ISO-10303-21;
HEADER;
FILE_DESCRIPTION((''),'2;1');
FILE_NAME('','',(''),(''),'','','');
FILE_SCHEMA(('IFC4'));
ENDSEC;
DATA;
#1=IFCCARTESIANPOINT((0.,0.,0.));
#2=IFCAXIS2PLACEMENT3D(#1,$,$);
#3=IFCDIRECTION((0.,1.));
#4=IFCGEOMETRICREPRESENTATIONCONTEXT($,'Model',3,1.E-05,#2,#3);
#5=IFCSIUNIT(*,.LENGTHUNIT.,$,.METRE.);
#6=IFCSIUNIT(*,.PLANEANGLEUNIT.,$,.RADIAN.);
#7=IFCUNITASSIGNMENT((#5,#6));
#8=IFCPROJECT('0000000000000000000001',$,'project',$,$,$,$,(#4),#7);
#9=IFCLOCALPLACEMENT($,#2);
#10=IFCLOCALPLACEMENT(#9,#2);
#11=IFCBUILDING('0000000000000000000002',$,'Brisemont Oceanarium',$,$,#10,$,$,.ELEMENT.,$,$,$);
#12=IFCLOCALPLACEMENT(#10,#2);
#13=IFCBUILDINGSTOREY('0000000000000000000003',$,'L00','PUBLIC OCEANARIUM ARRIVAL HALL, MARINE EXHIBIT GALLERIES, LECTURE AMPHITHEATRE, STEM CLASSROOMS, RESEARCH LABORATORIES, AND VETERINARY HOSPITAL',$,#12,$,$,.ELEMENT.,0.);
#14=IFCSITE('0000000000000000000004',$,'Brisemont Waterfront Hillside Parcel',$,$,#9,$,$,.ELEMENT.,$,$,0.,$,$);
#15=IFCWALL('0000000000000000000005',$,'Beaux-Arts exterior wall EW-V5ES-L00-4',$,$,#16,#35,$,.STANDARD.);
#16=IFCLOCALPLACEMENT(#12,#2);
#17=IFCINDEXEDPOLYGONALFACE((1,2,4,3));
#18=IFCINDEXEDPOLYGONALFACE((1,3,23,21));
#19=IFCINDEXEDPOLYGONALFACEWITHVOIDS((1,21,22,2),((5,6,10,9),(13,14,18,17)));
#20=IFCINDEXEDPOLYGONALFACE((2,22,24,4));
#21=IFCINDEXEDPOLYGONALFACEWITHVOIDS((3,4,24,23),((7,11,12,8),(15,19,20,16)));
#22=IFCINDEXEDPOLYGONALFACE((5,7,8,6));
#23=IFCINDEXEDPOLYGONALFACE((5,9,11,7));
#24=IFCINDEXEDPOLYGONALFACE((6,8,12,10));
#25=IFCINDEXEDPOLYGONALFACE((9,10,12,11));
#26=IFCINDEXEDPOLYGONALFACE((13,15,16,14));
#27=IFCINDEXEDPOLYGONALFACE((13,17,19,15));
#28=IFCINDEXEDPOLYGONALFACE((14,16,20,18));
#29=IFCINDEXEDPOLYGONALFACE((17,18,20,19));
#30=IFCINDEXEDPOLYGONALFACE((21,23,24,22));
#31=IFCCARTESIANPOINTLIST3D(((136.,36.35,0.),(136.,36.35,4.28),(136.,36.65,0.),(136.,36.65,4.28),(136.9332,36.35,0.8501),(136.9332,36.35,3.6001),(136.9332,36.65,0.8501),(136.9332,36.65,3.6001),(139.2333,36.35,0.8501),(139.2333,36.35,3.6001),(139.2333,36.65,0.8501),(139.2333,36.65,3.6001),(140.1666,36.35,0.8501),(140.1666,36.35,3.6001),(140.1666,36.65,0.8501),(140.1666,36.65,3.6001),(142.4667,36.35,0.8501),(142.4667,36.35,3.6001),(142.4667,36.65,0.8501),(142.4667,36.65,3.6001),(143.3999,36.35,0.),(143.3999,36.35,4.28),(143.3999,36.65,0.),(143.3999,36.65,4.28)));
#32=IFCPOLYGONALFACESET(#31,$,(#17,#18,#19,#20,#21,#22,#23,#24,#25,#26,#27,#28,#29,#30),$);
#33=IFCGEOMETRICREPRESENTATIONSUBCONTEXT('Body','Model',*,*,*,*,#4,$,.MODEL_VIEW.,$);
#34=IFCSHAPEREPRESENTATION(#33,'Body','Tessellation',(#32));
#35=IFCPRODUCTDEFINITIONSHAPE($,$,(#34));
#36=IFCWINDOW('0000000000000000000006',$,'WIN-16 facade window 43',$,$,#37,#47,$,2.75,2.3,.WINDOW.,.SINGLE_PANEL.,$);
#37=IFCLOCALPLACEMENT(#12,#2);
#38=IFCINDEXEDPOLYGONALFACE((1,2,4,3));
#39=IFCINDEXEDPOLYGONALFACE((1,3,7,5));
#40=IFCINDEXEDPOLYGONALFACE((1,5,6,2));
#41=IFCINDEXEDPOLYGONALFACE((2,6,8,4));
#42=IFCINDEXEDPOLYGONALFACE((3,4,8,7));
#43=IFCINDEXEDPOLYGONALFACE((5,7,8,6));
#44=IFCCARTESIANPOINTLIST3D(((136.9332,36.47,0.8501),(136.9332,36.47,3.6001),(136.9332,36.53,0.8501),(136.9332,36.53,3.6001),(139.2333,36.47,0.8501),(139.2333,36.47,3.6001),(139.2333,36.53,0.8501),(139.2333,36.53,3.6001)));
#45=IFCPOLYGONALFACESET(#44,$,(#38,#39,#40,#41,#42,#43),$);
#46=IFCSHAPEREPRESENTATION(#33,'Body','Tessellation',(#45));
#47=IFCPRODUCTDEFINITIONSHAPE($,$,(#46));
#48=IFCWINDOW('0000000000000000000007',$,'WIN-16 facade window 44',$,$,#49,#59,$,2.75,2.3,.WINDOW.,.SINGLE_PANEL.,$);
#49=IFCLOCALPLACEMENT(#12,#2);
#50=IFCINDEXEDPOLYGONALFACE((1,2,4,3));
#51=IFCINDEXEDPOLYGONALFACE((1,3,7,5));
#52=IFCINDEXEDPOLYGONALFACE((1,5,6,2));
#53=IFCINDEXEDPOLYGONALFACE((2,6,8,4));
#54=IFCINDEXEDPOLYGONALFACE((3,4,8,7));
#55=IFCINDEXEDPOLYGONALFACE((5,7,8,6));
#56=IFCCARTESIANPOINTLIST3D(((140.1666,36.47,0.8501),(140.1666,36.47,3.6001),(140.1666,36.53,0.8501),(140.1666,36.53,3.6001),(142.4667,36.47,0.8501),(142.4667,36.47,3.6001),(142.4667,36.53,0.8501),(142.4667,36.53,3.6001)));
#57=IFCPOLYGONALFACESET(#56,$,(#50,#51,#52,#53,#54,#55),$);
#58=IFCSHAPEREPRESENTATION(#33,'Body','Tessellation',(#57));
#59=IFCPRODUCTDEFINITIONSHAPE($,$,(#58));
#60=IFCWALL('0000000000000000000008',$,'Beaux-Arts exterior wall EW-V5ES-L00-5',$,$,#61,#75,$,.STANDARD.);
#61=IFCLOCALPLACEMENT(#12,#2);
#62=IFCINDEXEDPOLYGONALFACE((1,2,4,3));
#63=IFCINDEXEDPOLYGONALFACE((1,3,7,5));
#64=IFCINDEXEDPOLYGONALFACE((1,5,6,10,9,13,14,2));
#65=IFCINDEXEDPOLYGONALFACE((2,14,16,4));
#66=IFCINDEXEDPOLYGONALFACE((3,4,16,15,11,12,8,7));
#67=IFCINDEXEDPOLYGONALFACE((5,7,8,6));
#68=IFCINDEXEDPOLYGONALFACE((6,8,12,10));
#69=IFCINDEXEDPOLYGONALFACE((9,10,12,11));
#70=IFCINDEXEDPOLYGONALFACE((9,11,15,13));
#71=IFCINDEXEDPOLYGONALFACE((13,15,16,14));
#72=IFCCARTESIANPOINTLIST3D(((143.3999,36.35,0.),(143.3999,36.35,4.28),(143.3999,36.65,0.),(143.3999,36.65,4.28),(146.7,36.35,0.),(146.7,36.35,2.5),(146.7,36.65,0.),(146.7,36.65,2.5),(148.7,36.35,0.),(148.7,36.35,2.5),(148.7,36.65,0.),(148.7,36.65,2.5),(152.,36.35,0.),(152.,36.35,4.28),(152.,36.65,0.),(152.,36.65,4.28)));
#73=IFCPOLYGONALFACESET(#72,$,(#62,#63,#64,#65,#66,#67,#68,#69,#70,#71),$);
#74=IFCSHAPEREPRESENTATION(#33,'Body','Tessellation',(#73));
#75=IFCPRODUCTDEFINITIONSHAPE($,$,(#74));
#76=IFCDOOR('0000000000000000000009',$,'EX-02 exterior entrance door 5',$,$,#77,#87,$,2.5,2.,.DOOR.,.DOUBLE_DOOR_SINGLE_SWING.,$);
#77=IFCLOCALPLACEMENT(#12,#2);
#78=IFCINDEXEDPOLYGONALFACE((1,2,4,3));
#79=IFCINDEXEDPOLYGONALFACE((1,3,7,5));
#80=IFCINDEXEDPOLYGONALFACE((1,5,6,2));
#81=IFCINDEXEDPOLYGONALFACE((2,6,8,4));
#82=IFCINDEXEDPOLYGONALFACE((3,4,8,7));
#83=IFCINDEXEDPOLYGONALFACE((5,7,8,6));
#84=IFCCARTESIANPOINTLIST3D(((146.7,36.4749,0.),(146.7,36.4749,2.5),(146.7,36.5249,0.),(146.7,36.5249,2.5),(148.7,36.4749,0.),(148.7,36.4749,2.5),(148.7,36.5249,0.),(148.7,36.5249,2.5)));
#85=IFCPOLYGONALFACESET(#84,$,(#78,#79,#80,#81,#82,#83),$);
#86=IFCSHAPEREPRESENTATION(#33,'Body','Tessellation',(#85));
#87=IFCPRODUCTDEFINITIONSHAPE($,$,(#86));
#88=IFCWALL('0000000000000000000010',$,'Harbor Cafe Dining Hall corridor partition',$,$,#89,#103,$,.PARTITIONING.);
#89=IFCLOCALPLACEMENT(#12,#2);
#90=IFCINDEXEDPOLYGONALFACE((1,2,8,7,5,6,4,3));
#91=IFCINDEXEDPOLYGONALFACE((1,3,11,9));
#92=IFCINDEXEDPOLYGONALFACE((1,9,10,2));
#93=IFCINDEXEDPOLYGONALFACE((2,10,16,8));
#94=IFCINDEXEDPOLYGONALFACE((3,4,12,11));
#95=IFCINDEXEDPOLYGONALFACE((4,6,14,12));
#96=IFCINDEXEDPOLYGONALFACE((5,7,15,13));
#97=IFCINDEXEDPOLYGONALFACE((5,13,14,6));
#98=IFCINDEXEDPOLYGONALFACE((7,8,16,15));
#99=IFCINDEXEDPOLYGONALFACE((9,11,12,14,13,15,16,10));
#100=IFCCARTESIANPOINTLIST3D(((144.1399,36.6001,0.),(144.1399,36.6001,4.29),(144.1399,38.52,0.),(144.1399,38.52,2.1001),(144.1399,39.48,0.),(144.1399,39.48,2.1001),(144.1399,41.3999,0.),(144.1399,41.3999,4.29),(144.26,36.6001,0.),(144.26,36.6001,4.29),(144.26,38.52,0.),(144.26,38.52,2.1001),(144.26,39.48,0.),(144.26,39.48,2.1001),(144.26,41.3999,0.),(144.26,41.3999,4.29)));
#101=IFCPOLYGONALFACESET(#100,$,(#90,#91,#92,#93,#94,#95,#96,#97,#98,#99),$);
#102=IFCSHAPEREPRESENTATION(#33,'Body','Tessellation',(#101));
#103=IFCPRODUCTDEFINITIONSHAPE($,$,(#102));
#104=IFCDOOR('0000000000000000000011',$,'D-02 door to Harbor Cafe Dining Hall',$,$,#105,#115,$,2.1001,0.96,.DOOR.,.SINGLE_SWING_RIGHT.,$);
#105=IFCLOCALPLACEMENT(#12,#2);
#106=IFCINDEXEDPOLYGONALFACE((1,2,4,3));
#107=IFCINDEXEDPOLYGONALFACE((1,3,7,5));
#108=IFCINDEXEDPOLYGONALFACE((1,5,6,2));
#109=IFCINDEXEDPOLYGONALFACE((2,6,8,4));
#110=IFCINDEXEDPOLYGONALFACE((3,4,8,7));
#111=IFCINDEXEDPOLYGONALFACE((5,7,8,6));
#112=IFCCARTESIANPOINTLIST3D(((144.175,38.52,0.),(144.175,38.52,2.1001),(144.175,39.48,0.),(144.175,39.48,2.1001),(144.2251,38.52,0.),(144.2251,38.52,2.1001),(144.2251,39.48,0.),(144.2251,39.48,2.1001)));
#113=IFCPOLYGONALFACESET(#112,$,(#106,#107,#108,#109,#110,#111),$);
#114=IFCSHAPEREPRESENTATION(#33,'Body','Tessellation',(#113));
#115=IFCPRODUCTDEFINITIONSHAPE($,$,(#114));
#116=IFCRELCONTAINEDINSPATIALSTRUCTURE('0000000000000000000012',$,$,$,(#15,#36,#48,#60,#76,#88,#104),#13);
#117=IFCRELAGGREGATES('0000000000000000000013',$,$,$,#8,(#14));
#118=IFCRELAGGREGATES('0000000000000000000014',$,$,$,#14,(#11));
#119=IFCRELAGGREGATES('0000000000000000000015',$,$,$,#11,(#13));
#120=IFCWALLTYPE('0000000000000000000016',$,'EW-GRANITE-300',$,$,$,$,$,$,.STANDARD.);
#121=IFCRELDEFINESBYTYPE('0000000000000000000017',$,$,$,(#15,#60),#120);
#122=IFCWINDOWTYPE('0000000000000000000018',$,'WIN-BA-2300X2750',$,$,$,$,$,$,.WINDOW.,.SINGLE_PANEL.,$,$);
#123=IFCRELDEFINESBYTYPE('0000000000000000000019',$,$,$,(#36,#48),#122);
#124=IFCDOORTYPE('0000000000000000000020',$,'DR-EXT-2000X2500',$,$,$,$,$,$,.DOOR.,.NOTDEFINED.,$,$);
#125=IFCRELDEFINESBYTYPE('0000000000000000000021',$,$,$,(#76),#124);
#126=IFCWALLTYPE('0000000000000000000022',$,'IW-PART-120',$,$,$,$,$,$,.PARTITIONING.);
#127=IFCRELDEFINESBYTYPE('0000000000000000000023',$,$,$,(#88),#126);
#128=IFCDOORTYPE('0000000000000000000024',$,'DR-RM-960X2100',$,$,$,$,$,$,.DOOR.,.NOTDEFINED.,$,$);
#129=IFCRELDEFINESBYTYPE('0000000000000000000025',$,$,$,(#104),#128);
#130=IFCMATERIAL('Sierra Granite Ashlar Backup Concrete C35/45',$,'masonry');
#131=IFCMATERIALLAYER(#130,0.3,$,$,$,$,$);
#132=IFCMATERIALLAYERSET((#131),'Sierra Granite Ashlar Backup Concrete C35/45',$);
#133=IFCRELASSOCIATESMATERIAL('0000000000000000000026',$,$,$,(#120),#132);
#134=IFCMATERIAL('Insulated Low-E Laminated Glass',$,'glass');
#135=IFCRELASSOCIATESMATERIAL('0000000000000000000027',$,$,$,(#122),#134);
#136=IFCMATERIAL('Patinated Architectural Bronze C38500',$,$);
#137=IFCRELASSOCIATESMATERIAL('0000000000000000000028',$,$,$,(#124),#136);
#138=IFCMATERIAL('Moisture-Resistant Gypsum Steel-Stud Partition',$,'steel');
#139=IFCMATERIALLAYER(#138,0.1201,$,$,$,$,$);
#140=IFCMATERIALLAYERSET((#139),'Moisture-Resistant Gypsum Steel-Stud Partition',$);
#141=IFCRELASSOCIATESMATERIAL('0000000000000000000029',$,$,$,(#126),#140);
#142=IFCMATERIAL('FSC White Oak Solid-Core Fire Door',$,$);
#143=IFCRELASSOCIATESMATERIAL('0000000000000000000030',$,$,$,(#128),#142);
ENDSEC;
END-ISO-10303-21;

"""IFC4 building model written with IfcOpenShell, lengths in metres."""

from ifc_helpers import new_model, si_unit, direction, frame, frame_2d, origin, place, context, subcontext, project, spatial, rectangle, extrude, material, layer, layer_set, type_object, element, fill, save


model = new_model("IFC4")

# Units and contexts
model_context = context("Model", 3, precision=1e-05, world=origin(), true_north=direction((0.0, 1.0)))
body_context = subcontext(model_context, "Body", "Model", "MODEL_VIEW")
ifc_project = project(units=[si_unit("LENGTHUNIT", "METRE"), si_unit("PLANEANGLEUNIT", "RADIAN")], contexts=[model_context])

# Site, building, storey
site_placement = place(None, origin())
site = spatial("IfcSite", under=ifc_project, at=site_placement, Name="Brisemont Waterfront Hillside Parcel", CompositionType="ELEMENT", RefElevation=0.0)
building_placement = place(site_placement, origin())
building = spatial("IfcBuilding", under=site, at=building_placement, Name="Brisemont Oceanarium", CompositionType="ELEMENT")
storey_placement = place(building_placement, origin())
storey = spatial("IfcBuildingStorey", under=building, at=storey_placement, Name="L00", Description="PUBLIC OCEANARIUM ARRIVAL HALL, MARINE EXHIBIT GALLERIES, LECTURE AMPHITHEATRE, STEM CLASSROOMS, RESEARCH LABORATORIES, AND VETERINARY HOSPITAL", CompositionType="ELEMENT", Elevation=0.0)

# Wall, openings, windows
ifc_material_1 = material(Name="Sierra Granite Ashlar Backup Concrete C35/45", Category="masonry")
ifc_layer_1 = layer(ifc_material_1, 0.3)
ifc_layer_set_1 = layer_set([ifc_layer_1], Name="Sierra Granite Ashlar Backup Concrete C35/45")
wall_type_1 = type_object("IfcWallType", Name="EW-GRANITE-300", PredefinedType="STANDARD", material=ifc_layer_set_1)
wall_1_placement = place(storey_placement, frame((136.0, 36.5, 0.0), z_axis=(0.0, 0.0, 1.0), x_axis=(1.0, 0.0, 0.0)))
wall_1 = element("IfcWall", 1, at=wall_1_placement, inside=storey, type_object=wall_type_1, Name="Beaux-Arts exterior wall EW-V5ES-L00-4", PredefinedType="STANDARD", context=body_context, shape_type="SweptSolid", body=[
    extrude(rectangle(XDim=7.3999, YDim=0.3, at=frame_2d((3.7, 0.0))), origin(), (0.0, 0.0, 1.0), 4.28),
])
opening_1_placement = place(wall_1_placement, frame((0.9333, 0.0, 0.8501)))
opening_1 = element("IfcOpeningElement", 2, at=opening_1_placement, cuts=wall_1, PredefinedType="OPENING", context=body_context, shape_type="SweptSolid", body=[
    extrude(rectangle(XDim=2.3, YDim=2.75, at=frame_2d((1.1499, 1.375))), frame((0.0, 0.1599, 0.0), z_axis=(0.0, -1.0, 0.0), x_axis=(1.0, 0.0, 0.0)), (0.0, 0.0, 1.0), 0.3201),
])
opening_2_placement = place(wall_1_placement, frame((4.1667, 0.0, 0.8501)))
opening_2 = element("IfcOpeningElement", 3, at=opening_2_placement, cuts=wall_1, PredefinedType="OPENING", context=body_context, shape_type="SweptSolid", body=[
    extrude(rectangle(XDim=2.3, YDim=2.75, at=frame_2d((1.1499, 1.375))), frame((0.0, 0.1599, 0.0), z_axis=(0.0, -1.0, 0.0), x_axis=(1.0, 0.0, 0.0)), (0.0, 0.0, 1.0), 0.3201),
])
ifc_material_2 = material(Name="Insulated Low-E Laminated Glass", Category="glass")
window_type = type_object("IfcWindowType", Name="WIN-BA-2300X2750", PartitioningType="SINGLE_PANEL", PredefinedType="WINDOW", material=ifc_material_2)
window_1_placement = place(opening_1_placement, origin())
window_1 = element("IfcWindow", 4, at=window_1_placement, inside=storey, type_object=window_type, Name="WIN-16 facade window 43", OverallHeight=2.75, OverallWidth=2.3, PartitioningType="SINGLE_PANEL", PredefinedType="WINDOW", context=body_context, shape_type="SweptSolid", body=[
    extrude(rectangle(XDim=2.3, YDim=2.75, at=frame_2d((1.1499, 1.375))), frame((0.0, 0.03, 0.0), z_axis=(0.0, -1.0, 0.0), x_axis=(1.0, 0.0, 0.0)), (0.0, 0.0, 1.0), 0.0601),
])
fill(opening_1, window_1)
window_2_placement = place(opening_2_placement, origin())
window_2 = element("IfcWindow", 5, at=window_2_placement, inside=storey, type_object=window_type, Name="WIN-16 facade window 44", OverallHeight=2.75, OverallWidth=2.3, PartitioningType="SINGLE_PANEL", PredefinedType="WINDOW", context=body_context, shape_type="SweptSolid", body=[
    extrude(rectangle(XDim=2.3, YDim=2.75, at=frame_2d((1.1499, 1.375))), frame((0.0, 0.03, 0.0), z_axis=(0.0, -1.0, 0.0), x_axis=(1.0, 0.0, 0.0)), (0.0, 0.0, 1.0), 0.0601),
])
fill(opening_2, window_2)

# Walls, openings, doors
wall_2_placement = place(storey_placement, frame((143.3999, 36.5, 0.0), z_axis=(0.0, 0.0, 1.0), x_axis=(1.0, 0.0, 0.0)))
wall_2 = element("IfcWall", 6, at=wall_2_placement, inside=storey, type_object=wall_type_1, Name="Beaux-Arts exterior wall EW-V5ES-L00-5", PredefinedType="STANDARD", context=body_context, shape_type="SweptSolid", body=[
    extrude(rectangle(XDim=8.6001, YDim=0.3, at=frame_2d((4.3, 0.0))), origin(), (0.0, 0.0, 1.0), 4.28),
])
opening_3_placement = place(wall_2_placement, frame((3.3, 0.0, 0.0)))
opening_3 = element("IfcOpeningElement", 7, at=opening_3_placement, cuts=wall_2, PredefinedType="OPENING", context=body_context, shape_type="SweptSolid", body=[
    extrude(rectangle(XDim=2.0, YDim=2.5, at=frame_2d((1.0, 1.25))), frame((0.0, 0.1599, 0.0), z_axis=(0.0, -1.0, 0.0), x_axis=(1.0, 0.0, 0.0)), (0.0, 0.0, 1.0), 0.3201),
])
ifc_material_3 = material(Name="Patinated Architectural Bronze C38500")
door_type_1 = type_object("IfcDoorType", Name="DR-EXT-2000X2500", OperationType="NOTDEFINED", PredefinedType="DOOR", material=ifc_material_3)
door_1_placement = place(opening_3_placement, origin())
door_1 = element("IfcDoor", 8, at=door_1_placement, inside=storey, type_object=door_type_1, Name="EX-02 exterior entrance door 5", OperationType="DOUBLE_DOOR_SINGLE_SWING", OverallHeight=2.5, OverallWidth=2.0, PredefinedType="DOOR", context=body_context, shape_type="SweptSolid", body=[
    extrude(rectangle(XDim=2.0, YDim=2.5, at=frame_2d((1.0, 1.25))), frame((0.0, 0.0249, 0.0), z_axis=(0.0, -1.0, 0.0), x_axis=(1.0, 0.0, 0.0)), (0.0, 0.0, 1.0), 0.05),
])
fill(opening_3, door_1)
ifc_material_4 = material(Name="Moisture-Resistant Gypsum Steel-Stud Partition", Category="steel")
ifc_layer_2 = layer(ifc_material_4, 0.1201)
ifc_layer_set_2 = layer_set([ifc_layer_2], Name="Moisture-Resistant Gypsum Steel-Stud Partition")
wall_type_2 = type_object("IfcWallType", Name="IW-PART-120", PredefinedType="PARTITIONING", material=ifc_layer_set_2)
wall_3_placement = place(storey_placement, frame((144.2, 36.6001, 0.0), z_axis=(0.0, 0.0, 1.0), x_axis=(0.0, 1.0, 0.0)))
wall_3 = element("IfcWall", 9, at=wall_3_placement, inside=storey, type_object=wall_type_2, Name="Harbor Cafe Dining Hall corridor partition", PredefinedType="PARTITIONING", context=body_context, shape_type="SweptSolid", body=[
    extrude(rectangle(XDim=4.7998, YDim=0.1201, at=frame_2d((2.3999, 0.0))), origin(), (0.0, 0.0, 1.0), 4.29),
])
opening_4_placement = place(wall_3_placement, frame((1.9199, 0.0, 0.0)))
opening_4 = element("IfcOpeningElement", 10, at=opening_4_placement, cuts=wall_3, PredefinedType="OPENING", context=body_context, shape_type="SweptSolid", body=[
    extrude(rectangle(XDim=0.96, YDim=2.1001, at=frame_2d((0.48, 1.05))), frame((0.0, 0.0701, 0.0), z_axis=(0.0, -1.0, 0.0), x_axis=(1.0, 0.0, 0.0)), (0.0, 0.0, 1.0), 0.1401),
])
ifc_material_5 = material(Name="FSC White Oak Solid-Core Fire Door")
door_type_2 = type_object("IfcDoorType", Name="DR-RM-960X2100", OperationType="NOTDEFINED", PredefinedType="DOOR", material=ifc_material_5)
door_2_placement = place(opening_4_placement, origin())
door_2 = element("IfcDoor", 11, at=door_2_placement, inside=storey, type_object=door_type_2, Name="D-02 door to Harbor Cafe Dining Hall", OperationType="SINGLE_SWING_RIGHT", OverallHeight=2.1001, OverallWidth=0.96, PredefinedType="DOOR", context=body_context, shape_type="SweptSolid", body=[
    extrude(rectangle(XDim=0.96, YDim=2.1001, at=frame_2d((0.48, 1.05))), frame((0.0, 0.0249, 0.0), z_axis=(0.0, -1.0, 0.0), x_axis=(1.0, 0.0, 0.0)), (0.0, 0.0, 1.0), 0.05),
])
fill(opening_4, door_2)

save(model, "model.ifc")
